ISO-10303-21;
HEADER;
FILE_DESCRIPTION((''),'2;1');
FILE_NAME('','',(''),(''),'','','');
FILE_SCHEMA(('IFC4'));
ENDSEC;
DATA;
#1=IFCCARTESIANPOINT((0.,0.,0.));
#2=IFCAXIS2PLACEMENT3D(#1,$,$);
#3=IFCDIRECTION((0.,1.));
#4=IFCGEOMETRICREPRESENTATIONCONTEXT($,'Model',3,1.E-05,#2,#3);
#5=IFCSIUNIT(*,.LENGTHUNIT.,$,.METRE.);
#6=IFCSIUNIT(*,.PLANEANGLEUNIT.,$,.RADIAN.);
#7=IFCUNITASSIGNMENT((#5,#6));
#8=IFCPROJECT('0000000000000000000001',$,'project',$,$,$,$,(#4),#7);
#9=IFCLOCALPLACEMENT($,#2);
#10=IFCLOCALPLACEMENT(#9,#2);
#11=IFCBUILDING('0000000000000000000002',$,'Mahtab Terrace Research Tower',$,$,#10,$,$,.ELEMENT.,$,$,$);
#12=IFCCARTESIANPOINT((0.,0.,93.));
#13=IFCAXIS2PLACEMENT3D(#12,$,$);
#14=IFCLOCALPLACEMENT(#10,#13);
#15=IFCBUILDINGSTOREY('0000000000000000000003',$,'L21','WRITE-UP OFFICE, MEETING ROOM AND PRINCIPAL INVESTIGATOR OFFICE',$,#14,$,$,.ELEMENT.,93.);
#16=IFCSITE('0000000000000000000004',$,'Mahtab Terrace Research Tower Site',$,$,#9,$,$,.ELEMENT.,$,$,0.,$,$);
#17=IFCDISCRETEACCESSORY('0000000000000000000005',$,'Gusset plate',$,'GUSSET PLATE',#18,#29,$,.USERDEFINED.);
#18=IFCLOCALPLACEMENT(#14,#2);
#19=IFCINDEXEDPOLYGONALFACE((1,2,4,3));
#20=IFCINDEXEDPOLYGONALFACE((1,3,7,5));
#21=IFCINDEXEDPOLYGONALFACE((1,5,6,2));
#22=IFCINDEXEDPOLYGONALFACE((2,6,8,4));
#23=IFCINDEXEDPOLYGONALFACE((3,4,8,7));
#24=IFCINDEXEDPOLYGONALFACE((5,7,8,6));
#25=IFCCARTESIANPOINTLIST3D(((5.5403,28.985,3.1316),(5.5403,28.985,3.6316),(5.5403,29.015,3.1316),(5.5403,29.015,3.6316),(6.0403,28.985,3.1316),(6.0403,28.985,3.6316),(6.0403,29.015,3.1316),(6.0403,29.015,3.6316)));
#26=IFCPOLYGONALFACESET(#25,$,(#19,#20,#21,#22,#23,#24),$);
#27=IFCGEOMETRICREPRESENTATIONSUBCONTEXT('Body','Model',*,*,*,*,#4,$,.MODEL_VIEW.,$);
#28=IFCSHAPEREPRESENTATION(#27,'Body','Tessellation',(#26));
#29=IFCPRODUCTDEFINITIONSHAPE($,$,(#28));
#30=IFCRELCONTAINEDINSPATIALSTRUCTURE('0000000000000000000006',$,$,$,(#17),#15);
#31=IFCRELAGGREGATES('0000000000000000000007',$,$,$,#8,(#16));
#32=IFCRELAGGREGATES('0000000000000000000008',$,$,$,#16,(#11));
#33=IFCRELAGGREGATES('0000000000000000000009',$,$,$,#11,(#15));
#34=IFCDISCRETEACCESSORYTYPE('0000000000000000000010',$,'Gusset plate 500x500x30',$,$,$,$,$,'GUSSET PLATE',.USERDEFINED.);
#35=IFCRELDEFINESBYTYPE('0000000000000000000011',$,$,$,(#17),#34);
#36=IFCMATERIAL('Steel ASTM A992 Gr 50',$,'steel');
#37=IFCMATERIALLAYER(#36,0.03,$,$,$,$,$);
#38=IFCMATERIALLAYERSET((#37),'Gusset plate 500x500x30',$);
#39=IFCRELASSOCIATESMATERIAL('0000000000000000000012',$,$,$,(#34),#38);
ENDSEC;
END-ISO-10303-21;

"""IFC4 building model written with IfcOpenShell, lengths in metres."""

from ifc_helpers import new_model, si_unit, direction, frame, origin, origin_2d, place, context, subcontext, project, spatial, rectangle, extrude, material, layer, layer_set, type_object, element, save


model = new_model("IFC4")

# Units and contexts
model_context = context("Model", 3, precision=1e-05, world=origin(), true_north=direction((0.0, 1.0)))
body_context = subcontext(model_context, "Body", "Model", "MODEL_VIEW")
ifc_project = project(units=[si_unit("LENGTHUNIT", "METRE"), si_unit("PLANEANGLEUNIT", "RADIAN")], contexts=[model_context])

# Site, building, storey
site_placement = place(None, origin())
site = spatial("IfcSite", under=ifc_project, at=site_placement, Name="Mahtab Terrace Research Tower Site", CompositionType="ELEMENT", RefElevation=0.0)
building_placement = place(site_placement, origin())
building = spatial("IfcBuilding", under=site, at=building_placement, Name="Mahtab Terrace Research Tower", CompositionType="ELEMENT")
storey_placement = place(building_placement, frame((0.0, 0.0, 93.0)))
storey = spatial("IfcBuildingStorey", under=building, at=storey_placement, Name="L21", Description="WRITE-UP OFFICE, MEETING ROOM AND PRINCIPAL INVESTIGATOR OFFICE", CompositionType="ELEMENT", Elevation=93.0)

# Shared definitions
ifc_material_1 = material(Name="Steel ASTM A992 Gr 50", Category="steel")

# Discrete accessory
ifc_layer_1 = layer(ifc_material_1, 0.03)
ifc_layer_set_1 = layer_set([ifc_layer_1], Name="Gusset plate 500x500x30")
discrete_accessory_type = type_object("IfcDiscreteAccessoryType", Name="Gusset plate 500x500x30", ElementType="GUSSET PLATE", PredefinedType="USERDEFINED", material=ifc_layer_set_1)
discrete_accessory_placement = place(storey_placement, frame((5.7903, 29.0, 3.1316), z_axis=(0.0, 0.0, 1.0), x_axis=(1.0, 0.0, 0.0)))
element("IfcDiscreteAccessory", 1, at=discrete_accessory_placement, inside=storey, type_object=discrete_accessory_type, Name="Gusset plate", ObjectType="GUSSET PLATE", PredefinedType="USERDEFINED", context=body_context, shape_type="SweptSolid", body=[
    extrude(rectangle(XDim=0.5, YDim=0.03, at=origin_2d()), origin(), (0.0, 0.0, 1.0), 0.5),
])

save(model, "model.ifc")
